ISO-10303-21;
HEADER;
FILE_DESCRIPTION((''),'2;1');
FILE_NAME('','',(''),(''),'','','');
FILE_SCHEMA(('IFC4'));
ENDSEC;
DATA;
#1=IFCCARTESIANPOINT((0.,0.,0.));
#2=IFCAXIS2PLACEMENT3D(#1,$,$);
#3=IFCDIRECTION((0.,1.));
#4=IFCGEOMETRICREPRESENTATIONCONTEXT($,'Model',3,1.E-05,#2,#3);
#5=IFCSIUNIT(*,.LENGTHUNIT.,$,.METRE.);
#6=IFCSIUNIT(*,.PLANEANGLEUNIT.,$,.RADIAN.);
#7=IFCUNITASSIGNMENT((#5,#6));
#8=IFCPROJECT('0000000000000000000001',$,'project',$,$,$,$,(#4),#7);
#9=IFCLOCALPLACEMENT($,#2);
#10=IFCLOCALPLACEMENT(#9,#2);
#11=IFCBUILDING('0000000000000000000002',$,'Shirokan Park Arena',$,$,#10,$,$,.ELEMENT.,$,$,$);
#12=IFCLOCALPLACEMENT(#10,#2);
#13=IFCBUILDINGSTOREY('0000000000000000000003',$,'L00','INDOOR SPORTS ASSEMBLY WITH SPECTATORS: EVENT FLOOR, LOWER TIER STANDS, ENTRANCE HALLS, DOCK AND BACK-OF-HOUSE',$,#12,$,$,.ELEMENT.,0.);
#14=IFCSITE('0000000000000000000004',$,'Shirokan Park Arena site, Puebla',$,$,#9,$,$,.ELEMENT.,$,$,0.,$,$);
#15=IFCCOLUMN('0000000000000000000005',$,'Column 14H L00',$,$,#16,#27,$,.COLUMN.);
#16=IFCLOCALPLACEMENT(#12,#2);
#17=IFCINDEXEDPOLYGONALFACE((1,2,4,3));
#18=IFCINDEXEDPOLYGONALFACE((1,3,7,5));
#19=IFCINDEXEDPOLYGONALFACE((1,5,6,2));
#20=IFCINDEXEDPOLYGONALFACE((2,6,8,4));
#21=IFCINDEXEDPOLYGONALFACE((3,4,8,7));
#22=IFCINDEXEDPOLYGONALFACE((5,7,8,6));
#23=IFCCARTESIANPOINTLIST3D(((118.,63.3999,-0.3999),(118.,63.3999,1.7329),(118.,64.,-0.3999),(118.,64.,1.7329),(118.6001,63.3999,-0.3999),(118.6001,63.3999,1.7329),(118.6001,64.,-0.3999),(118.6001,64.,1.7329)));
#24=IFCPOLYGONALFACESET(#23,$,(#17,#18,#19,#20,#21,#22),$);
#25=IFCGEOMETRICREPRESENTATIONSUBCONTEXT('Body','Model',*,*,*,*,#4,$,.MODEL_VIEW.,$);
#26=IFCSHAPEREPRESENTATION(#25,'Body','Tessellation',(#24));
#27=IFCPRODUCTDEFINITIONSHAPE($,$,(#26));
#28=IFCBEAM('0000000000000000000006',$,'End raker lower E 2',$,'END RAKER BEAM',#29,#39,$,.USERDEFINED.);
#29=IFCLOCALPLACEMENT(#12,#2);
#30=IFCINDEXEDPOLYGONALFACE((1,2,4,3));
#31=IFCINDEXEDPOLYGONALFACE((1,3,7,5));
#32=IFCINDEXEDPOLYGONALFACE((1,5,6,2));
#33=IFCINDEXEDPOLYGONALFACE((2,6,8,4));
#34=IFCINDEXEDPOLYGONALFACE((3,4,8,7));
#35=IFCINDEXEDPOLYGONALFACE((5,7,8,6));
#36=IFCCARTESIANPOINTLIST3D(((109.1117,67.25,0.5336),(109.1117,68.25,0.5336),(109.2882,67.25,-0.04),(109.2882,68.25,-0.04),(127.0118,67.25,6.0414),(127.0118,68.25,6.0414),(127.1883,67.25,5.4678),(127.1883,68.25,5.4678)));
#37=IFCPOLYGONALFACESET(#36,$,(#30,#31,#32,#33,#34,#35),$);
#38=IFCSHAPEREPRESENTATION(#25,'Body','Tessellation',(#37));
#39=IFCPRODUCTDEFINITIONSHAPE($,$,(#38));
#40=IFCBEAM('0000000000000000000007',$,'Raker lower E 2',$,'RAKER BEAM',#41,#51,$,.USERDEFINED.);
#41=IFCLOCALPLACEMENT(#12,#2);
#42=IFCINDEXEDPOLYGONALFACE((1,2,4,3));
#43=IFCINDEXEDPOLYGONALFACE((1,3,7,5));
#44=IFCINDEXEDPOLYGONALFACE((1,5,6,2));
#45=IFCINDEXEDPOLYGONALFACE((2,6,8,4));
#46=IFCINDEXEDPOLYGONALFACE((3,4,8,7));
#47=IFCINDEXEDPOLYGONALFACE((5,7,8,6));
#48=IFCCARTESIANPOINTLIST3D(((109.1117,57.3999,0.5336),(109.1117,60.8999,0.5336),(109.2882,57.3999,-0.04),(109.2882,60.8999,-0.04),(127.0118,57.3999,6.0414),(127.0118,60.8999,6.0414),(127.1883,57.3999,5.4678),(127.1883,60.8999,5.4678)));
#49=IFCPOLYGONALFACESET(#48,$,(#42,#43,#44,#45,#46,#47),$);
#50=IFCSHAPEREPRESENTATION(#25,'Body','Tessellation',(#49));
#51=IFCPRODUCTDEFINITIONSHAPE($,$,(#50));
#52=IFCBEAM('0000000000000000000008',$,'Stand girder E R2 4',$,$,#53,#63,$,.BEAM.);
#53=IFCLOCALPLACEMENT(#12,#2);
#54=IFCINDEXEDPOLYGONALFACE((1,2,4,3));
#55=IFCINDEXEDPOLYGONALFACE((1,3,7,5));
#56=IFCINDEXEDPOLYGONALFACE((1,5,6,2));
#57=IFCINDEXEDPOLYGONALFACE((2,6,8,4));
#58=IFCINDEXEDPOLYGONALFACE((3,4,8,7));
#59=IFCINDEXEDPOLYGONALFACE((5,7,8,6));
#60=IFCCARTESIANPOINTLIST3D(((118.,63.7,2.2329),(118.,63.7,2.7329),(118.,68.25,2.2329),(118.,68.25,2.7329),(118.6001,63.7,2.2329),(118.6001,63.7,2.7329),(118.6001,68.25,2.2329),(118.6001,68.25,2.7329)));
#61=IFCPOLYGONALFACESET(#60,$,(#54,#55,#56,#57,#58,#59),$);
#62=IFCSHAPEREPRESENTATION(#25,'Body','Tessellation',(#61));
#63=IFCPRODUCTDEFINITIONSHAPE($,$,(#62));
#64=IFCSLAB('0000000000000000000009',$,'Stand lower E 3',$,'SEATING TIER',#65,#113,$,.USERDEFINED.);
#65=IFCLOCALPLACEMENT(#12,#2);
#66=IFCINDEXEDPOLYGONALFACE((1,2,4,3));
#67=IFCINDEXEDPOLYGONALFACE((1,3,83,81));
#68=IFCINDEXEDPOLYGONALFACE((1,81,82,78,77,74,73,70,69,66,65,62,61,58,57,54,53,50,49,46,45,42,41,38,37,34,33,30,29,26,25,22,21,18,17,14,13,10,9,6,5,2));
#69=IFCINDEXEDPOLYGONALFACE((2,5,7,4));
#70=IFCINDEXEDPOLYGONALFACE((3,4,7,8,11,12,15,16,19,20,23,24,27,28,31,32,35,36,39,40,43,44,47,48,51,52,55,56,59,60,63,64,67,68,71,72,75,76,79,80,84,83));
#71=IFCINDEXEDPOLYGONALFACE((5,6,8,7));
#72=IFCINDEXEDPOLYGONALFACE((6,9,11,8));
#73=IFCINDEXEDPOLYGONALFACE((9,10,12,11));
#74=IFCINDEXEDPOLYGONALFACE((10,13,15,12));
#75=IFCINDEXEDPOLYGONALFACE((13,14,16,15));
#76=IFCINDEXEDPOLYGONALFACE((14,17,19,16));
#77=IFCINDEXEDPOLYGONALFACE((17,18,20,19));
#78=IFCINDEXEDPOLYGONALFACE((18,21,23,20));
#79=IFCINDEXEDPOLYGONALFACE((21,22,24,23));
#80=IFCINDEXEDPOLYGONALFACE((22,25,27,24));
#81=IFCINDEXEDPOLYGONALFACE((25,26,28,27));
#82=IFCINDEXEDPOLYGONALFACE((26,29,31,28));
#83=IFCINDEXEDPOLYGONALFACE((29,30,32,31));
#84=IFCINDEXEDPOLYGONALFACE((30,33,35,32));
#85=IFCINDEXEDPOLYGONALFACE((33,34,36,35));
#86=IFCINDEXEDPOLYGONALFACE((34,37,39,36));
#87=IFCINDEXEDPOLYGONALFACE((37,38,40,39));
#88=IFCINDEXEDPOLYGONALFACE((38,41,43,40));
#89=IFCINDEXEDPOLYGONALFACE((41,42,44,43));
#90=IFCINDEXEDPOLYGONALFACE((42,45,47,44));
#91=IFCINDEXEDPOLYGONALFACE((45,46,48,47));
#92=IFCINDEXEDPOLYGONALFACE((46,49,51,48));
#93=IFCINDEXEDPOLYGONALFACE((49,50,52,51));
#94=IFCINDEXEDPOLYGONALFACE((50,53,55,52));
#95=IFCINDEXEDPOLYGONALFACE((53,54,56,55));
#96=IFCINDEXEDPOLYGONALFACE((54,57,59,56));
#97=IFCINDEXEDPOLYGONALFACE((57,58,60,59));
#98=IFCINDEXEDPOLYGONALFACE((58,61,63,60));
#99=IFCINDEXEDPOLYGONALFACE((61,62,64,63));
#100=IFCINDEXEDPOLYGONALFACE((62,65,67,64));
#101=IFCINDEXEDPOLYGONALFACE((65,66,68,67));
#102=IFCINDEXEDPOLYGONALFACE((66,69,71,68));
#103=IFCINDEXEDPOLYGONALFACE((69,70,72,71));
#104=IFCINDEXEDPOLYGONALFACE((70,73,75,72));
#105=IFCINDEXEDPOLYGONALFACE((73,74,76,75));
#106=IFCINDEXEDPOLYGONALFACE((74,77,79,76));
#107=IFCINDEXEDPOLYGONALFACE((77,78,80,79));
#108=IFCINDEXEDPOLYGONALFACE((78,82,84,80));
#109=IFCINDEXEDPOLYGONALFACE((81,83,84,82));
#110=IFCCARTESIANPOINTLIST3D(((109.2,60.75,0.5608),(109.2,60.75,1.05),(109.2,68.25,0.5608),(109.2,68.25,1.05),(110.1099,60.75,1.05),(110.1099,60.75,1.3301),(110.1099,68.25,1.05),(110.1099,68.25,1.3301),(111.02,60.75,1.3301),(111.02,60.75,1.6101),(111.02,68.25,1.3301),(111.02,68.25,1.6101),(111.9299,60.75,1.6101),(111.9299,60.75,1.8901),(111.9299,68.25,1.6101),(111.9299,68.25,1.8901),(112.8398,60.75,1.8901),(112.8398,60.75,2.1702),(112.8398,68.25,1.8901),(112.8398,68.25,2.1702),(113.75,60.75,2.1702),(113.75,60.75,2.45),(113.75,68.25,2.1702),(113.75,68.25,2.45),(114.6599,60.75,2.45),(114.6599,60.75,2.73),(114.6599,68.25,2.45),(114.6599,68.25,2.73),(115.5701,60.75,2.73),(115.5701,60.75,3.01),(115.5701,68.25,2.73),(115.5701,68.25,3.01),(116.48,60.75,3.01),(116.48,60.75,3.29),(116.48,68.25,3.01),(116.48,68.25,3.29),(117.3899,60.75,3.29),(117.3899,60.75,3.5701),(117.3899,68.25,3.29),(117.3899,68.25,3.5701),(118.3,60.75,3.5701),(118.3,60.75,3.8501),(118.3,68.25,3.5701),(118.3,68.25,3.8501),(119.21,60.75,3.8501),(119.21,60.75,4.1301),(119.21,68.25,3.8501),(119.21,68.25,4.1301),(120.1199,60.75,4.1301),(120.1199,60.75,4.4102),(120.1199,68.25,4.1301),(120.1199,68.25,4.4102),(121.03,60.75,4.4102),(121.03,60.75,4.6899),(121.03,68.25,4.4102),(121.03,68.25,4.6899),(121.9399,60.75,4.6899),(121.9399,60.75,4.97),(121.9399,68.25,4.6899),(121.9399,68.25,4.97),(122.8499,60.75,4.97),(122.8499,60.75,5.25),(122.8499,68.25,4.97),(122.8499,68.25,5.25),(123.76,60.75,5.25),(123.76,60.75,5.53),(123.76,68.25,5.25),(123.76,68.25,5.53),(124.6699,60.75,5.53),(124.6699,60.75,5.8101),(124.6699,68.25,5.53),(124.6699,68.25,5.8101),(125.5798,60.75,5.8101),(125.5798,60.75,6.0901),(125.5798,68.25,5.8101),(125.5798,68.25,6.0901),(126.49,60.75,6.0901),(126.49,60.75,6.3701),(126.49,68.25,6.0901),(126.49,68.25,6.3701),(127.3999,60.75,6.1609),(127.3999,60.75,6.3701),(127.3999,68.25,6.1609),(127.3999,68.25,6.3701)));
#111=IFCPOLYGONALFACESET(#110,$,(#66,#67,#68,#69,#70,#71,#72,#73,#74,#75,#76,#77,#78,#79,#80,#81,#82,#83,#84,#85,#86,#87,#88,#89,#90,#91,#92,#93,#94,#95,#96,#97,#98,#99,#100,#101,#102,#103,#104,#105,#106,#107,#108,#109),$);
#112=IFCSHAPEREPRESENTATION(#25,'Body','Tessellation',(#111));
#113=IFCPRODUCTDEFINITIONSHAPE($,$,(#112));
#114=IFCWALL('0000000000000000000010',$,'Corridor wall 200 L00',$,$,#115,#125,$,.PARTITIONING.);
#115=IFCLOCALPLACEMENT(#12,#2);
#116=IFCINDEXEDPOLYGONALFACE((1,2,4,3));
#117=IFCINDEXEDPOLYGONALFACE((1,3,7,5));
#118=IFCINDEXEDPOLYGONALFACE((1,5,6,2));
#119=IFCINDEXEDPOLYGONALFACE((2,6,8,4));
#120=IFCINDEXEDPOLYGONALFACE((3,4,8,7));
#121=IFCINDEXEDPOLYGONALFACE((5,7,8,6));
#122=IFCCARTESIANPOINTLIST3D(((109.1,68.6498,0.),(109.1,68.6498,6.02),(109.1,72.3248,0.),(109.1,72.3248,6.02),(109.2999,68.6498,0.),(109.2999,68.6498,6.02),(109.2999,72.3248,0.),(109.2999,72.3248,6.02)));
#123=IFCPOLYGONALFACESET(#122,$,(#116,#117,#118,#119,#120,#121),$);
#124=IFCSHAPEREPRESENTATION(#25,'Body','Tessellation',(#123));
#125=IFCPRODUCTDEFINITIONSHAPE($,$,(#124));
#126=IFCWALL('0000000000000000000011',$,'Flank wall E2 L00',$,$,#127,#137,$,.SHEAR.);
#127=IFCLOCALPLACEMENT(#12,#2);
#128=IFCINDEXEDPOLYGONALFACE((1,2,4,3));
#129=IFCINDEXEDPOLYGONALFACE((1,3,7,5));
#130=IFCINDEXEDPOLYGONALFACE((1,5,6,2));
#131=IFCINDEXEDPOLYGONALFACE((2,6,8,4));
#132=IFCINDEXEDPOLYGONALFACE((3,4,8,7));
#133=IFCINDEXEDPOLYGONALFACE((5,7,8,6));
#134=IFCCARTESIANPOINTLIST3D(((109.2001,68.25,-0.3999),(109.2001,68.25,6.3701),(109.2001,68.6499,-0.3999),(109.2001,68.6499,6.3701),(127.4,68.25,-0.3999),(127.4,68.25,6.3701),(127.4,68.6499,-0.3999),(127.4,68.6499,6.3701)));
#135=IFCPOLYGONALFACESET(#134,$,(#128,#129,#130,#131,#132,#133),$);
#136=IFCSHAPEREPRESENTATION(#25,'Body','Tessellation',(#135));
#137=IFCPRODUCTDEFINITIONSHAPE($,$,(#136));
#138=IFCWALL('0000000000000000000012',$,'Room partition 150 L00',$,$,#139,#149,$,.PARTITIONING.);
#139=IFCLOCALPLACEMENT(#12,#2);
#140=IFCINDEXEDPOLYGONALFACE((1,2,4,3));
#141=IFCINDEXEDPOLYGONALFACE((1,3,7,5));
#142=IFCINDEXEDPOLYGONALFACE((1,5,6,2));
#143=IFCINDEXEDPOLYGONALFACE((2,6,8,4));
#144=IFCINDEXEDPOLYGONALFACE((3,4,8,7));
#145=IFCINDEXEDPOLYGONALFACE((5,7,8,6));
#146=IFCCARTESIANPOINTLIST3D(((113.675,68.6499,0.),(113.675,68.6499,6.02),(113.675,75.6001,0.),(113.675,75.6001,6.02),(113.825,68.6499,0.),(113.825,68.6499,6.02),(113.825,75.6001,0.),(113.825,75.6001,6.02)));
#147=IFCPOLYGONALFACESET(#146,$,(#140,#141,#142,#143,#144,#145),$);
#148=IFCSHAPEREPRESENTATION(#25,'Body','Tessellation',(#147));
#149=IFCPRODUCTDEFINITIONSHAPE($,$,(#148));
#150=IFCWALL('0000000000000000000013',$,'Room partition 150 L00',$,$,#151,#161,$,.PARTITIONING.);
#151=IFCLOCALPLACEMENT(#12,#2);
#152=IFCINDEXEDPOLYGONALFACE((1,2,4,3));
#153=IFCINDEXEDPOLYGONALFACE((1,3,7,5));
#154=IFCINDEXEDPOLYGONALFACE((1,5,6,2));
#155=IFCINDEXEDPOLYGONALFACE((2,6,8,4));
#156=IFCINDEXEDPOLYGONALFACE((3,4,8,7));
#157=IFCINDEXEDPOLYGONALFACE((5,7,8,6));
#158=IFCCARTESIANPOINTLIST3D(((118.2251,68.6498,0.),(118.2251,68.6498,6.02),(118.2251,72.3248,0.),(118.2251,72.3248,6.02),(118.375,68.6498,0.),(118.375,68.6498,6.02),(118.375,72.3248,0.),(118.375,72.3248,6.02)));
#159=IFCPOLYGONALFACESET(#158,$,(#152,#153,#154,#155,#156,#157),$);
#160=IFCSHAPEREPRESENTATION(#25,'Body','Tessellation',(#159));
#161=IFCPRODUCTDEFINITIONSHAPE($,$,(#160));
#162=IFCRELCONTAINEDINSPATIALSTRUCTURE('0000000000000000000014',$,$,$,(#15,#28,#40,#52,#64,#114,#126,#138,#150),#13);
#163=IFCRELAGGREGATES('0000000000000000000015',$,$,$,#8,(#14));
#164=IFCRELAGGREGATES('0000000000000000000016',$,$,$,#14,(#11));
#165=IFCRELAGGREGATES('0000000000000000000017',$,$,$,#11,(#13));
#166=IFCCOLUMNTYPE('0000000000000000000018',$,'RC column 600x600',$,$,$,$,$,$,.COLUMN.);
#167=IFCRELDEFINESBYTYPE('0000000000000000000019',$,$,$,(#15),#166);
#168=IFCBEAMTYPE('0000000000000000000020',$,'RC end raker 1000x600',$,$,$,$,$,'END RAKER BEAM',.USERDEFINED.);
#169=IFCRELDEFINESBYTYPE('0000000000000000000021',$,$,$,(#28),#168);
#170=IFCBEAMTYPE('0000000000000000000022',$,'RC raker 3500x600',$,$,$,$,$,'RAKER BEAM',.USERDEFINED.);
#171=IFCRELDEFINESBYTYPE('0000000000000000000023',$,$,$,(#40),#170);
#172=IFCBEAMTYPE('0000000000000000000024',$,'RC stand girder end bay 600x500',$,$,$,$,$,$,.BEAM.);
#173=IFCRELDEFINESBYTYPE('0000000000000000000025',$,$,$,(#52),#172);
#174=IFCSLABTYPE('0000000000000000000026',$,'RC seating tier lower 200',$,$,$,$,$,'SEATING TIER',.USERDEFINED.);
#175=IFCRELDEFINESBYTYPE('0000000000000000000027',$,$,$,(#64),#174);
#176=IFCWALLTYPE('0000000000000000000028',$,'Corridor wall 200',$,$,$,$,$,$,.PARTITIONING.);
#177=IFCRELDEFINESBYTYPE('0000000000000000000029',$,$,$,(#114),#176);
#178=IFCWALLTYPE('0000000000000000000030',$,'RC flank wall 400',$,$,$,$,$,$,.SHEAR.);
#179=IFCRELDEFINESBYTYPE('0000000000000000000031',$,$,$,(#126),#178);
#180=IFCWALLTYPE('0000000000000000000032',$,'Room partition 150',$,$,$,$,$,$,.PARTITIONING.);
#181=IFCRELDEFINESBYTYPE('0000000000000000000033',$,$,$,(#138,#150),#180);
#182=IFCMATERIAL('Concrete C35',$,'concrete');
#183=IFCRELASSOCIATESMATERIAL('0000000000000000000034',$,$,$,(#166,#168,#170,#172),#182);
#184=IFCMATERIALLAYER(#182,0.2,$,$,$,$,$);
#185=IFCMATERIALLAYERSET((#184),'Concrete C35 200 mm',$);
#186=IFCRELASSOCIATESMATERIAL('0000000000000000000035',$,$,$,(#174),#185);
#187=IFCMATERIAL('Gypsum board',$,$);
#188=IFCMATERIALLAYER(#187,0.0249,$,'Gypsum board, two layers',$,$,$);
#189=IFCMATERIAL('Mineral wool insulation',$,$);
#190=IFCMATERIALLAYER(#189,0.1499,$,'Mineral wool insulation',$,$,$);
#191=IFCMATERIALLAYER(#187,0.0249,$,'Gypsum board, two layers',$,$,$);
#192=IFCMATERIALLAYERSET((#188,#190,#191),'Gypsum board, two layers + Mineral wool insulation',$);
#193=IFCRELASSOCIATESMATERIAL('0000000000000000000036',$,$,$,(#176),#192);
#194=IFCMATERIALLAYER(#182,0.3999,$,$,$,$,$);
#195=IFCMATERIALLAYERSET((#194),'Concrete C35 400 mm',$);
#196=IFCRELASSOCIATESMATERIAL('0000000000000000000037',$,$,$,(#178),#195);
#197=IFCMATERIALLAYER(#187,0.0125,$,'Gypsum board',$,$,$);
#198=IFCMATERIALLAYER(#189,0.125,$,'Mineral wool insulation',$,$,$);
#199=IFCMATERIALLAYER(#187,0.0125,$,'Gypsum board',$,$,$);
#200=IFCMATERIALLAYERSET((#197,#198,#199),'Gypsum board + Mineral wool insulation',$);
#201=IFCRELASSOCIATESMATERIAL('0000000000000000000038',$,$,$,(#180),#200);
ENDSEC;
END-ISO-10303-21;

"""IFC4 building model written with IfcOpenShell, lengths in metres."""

from ifc_helpers import new_model, si_unit, direction, frame, frame_2d, origin, origin_2d, place, context, subcontext, project, spatial, polyline, rectangle, outline, extrude, material, layer, layer_set, material_profile, profile_set, type_object, element, save


model = new_model("IFC4")

# Units and contexts
model_context = context("Model", 3, precision=1e-05, world=origin(), true_north=direction((0.0, 1.0)))
body_context = subcontext(model_context, "Body", "Model", "MODEL_VIEW")
ifc_project = project(units=[si_unit("LENGTHUNIT", "METRE"), si_unit("PLANEANGLEUNIT", "RADIAN")], contexts=[model_context])

# Site, building, storey
site_placement = place(None, origin())
site = spatial("IfcSite", under=ifc_project, at=site_placement, Name="Shirokan Park Arena site, Puebla", CompositionType="ELEMENT", RefElevation=0.0)
building_placement = place(site_placement, origin())
building = spatial("IfcBuilding", under=site, at=building_placement, Name="Shirokan Park Arena", CompositionType="ELEMENT")
storey_placement = place(building_placement, origin())
storey = spatial("IfcBuildingStorey", under=building, at=storey_placement, Name="L00", Description="INDOOR SPORTS ASSEMBLY WITH SPECTATORS: EVENT FLOOR, LOWER TIER STANDS, ENTRANCE HALLS, DOCK AND BACK-OF-HOUSE", CompositionType="ELEMENT", Elevation=0.0)

# Column
ifc_material_1 = material(Name="Concrete C35", Category="concrete")
ifc_material_profile_1 = material_profile(ifc_material_1, rectangle(XDim=0.6001, YDim=0.6001, at=origin_2d()), Name="600x600")
ifc_profile_set_1 = profile_set([ifc_material_profile_1], Name="Concrete C35")
column_type = type_object("IfcColumnType", Name="RC column 600x600", PredefinedType="COLUMN", material=ifc_profile_set_1)
column_placement = place(storey_placement, frame((118.3, 63.7, -0.3999), z_axis=(0.0, 0.0, 1.0), x_axis=(1.0, 0.0, 0.0)))
element("IfcColumn", 1, at=column_placement, inside=storey, type_object=column_type, Name="Column 14H L00", PredefinedType="COLUMN", context=body_context, shape_type="SweptSolid", body=[
    extrude(rectangle(XDim=0.6001, YDim=0.6001, at=origin_2d()), origin(), (0.0, 0.0, 1.0), 2.1328),
])

# Beams
ifc_material_profile_2 = material_profile(ifc_material_1, rectangle(XDim=1.0, YDim=0.6001, at=origin_2d()), Name="1000x600")
ifc_profile_set_2 = profile_set([ifc_material_profile_2], Name="Concrete C35")
beam_type_1 = type_object("IfcBeamType", Name="RC end raker 1000x600", ElementType="END RAKER BEAM", PredefinedType="USERDEFINED", material=ifc_profile_set_2)
beam_1_placement = place(storey_placement, frame((109.2, 67.75, 0.2468), z_axis=(0.955778, 0.0, 0.29409), x_axis=(0.0, 1.0, 0.0)))
element("IfcBeam", 2, at=beam_1_placement, inside=storey, type_object=beam_type_1, Name="End raker lower E 2", ObjectType="END RAKER BEAM", PredefinedType="USERDEFINED", context=body_context, shape_type="SweptSolid", body=[
    extrude(rectangle(XDim=1.0, YDim=0.6001, at=origin_2d()), origin(), (0.0, 0.0, 1.0), 18.7283),
])
ifc_material_profile_3 = material_profile(ifc_material_1, rectangle(XDim=3.5, YDim=0.6001, at=origin_2d()), Name="3500x600")
ifc_profile_set_3 = profile_set([ifc_material_profile_3], Name="Concrete C35")
beam_type_2 = type_object("IfcBeamType", Name="RC raker 3500x600", ElementType="RAKER BEAM", PredefinedType="USERDEFINED", material=ifc_profile_set_3)
beam_2_placement = place(storey_placement, frame((109.2, 59.1499, 0.2468), z_axis=(0.955778, 0.0, 0.29409), x_axis=(0.0, 1.0, 0.0)))
element("IfcBeam", 3, at=beam_2_placement, inside=storey, type_object=beam_type_2, Name="Raker lower E 2", ObjectType="RAKER BEAM", PredefinedType="USERDEFINED", context=body_context, shape_type="SweptSolid", body=[
    extrude(rectangle(XDim=3.5, YDim=0.6001, at=origin_2d()), origin(), (0.0, 0.0, 1.0), 18.7283),
])
ifc_material_profile_4 = material_profile(ifc_material_1, rectangle(XDim=0.6001, YDim=0.5, at=origin_2d()), Name="600x500")
ifc_profile_set_4 = profile_set([ifc_material_profile_4], Name="Concrete C35")
beam_type_3 = type_object("IfcBeamType", Name="RC stand girder end bay 600x500", PredefinedType="BEAM", material=ifc_profile_set_4)
beam_3_placement = place(storey_placement, frame((118.3, 63.7, 2.4829), z_axis=(0.0, 1.0, 0.0), x_axis=(-1.0, 0.0, 0.0)))
element("IfcBeam", 4, at=beam_3_placement, inside=storey, type_object=beam_type_3, Name="Stand girder E R2 4", PredefinedType="BEAM", context=body_context, shape_type="SweptSolid", body=[
    extrude(rectangle(XDim=0.6001, YDim=0.5, at=origin_2d()), origin(), (0.0, 0.0, 1.0), 4.55),
])

# Slab
ifc_layer_1 = layer(ifc_material_1, 0.2)
ifc_layer_set_1 = layer_set([ifc_layer_1], Name="Concrete C35 200 mm")
slab_type = type_object("IfcSlabType", Name="RC seating tier lower 200", ElementType="SEATING TIER", PredefinedType="USERDEFINED", material=ifc_layer_set_1)
slab_placement = place(storey_placement, frame((109.2, 64.5, 1.05), z_axis=(0.0, 0.0, 1.0), x_axis=(1.0, 0.0, 0.0)))
element("IfcSlab", 5, at=slab_placement, inside=storey, type_object=slab_type, Name="Stand lower E 3", ObjectType="SEATING TIER", PredefinedType="USERDEFINED", context=body_context, shape_type="SweptSolid", body=[
    extrude(outline(polyline([(0.0, 0.0), (0.9099, 0.0), (0.9099, 0.28), (1.8201, 0.28), (1.8201, 0.5601), (2.73, 0.5601), (2.73, 0.8401), (3.6399, 0.8401), (3.6399, 1.1201), (4.55, 1.1201), (4.55, 1.3999), (5.46, 1.3999), (5.46, 1.6799), (6.3701, 1.6799), (6.3701, 1.96), (7.28, 1.96), (7.28, 2.24), (8.1899, 2.24), (8.1899, 2.52), (9.1001, 2.52), (9.1001, 2.8), (10.01, 2.8), (10.01, 3.0801), (10.9199, 3.0801), (10.9199, 3.3601), (11.8301, 3.3601), (11.8301, 3.6399), (12.74, 3.6399), (12.74, 3.9199), (13.6499, 3.9199), (13.6499, 4.2), (14.5601, 4.2), (14.5601, 4.48), (15.47, 4.48), (15.47, 4.76), (16.3799, 4.76), (16.3799, 5.04), (17.29, 5.04), (17.29, 5.3201), (18.2, 5.3201), (18.2, 5.1108), (0.0, -0.4893), (0.0, 0.0)])), frame((0.0, 3.75, 0.0), z_axis=(0.0, -1.0, 0.0), x_axis=(1.0, 0.0, 0.0)), (0.0, 0.0, 1.0), 7.5),
])

# Walls
ifc_material_2 = material(Name="Gypsum board")
ifc_layer_2 = layer(ifc_material_2, 0.0249, Name="Gypsum board, two layers")
ifc_material_3 = material(Name="Mineral wool insulation")
ifc_layer_3 = layer(ifc_material_3, 0.1499, Name="Mineral wool insulation")
ifc_layer_4 = layer(ifc_material_2, 0.0249, Name="Gypsum board, two layers")
ifc_layer_set_2 = layer_set([ifc_layer_2, ifc_layer_3, ifc_layer_4], Name="Gypsum board, two layers + Mineral wool insulation")
wall_type_1 = type_object("IfcWallType", Name="Corridor wall 200", PredefinedType="PARTITIONING", material=ifc_layer_set_2)
wall_1_placement = place(storey_placement, frame((109.2, 68.6499, 0.0), z_axis=(0.0, 0.0, 1.0), x_axis=(0.0, 1.0, 0.0)))
element("IfcWall", 6, at=wall_1_placement, inside=storey, type_object=wall_type_1, Name="Corridor wall 200 L00", PredefinedType="PARTITIONING", context=body_context, shape_type="SweptSolid", body=[
    extrude(rectangle(XDim=3.675, YDim=0.2, at=frame_2d((1.8374, 0.0))), origin(), (0.0, 0.0, 1.0), 6.02),
])
ifc_layer_5 = layer(ifc_material_1, 0.3999)
ifc_layer_set_3 = layer_set([ifc_layer_5], Name="Concrete C35 400 mm")
wall_type_2 = type_object("IfcWallType", Name="RC flank wall 400", PredefinedType="SHEAR", material=ifc_layer_set_3)
wall_2_placement = place(storey_placement, frame((109.2, 68.45, -0.3999), z_axis=(0.0, 0.0, 1.0), x_axis=(1.0, 0.0, 0.0)))
element("IfcWall", 7, at=wall_2_placement, inside=storey, type_object=wall_type_2, Name="Flank wall E2 L00", PredefinedType="SHEAR", context=body_context, shape_type="SweptSolid", body=[
    extrude(rectangle(XDim=18.2, YDim=0.3999, at=frame_2d((9.1001, 0.0))), origin(), (0.0, 0.0, 1.0), 6.77),
])
ifc_layer_6 = layer(ifc_material_2, 0.0125, Name="Gypsum board")
ifc_layer_7 = layer(ifc_material_3, 0.125, Name="Mineral wool insulation")
ifc_layer_8 = layer(ifc_material_2, 0.0125, Name="Gypsum board")
ifc_layer_set_4 = layer_set([ifc_layer_6, ifc_layer_7, ifc_layer_8], Name="Gypsum board + Mineral wool insulation")
wall_type_3 = type_object("IfcWallType", Name="Room partition 150", PredefinedType="PARTITIONING", material=ifc_layer_set_4)
wall_3_placement = place(storey_placement, frame((113.75, 68.6499, 0.0), z_axis=(0.0, 0.0, 1.0), x_axis=(0.0, 1.0, 0.0)))
element("IfcWall", 8, at=wall_3_placement, inside=storey, type_object=wall_type_3, Name="Room partition 150 L00", PredefinedType="PARTITIONING", context=body_context, shape_type="SweptSolid", body=[
    extrude(rectangle(XDim=6.9502, YDim=0.1499, at=frame_2d((3.4751, 0.0))), origin(), (0.0, 0.0, 1.0), 6.02),
])
wall_4_placement = place(storey_placement, frame((118.3, 68.6499, 0.0), z_axis=(0.0, 0.0, 1.0), x_axis=(0.0, 1.0, 0.0)))
element("IfcWall", 9, at=wall_4_placement, inside=storey, type_object=wall_type_3, Name="Room partition 150 L00", PredefinedType="PARTITIONING", context=body_context, shape_type="SweptSolid", body=[
    extrude(rectangle(XDim=3.675, YDim=0.1499, at=frame_2d((1.8374, 0.0))), origin(), (0.0, 0.0, 1.0), 6.02),
])

save(model, "model.ifc")
